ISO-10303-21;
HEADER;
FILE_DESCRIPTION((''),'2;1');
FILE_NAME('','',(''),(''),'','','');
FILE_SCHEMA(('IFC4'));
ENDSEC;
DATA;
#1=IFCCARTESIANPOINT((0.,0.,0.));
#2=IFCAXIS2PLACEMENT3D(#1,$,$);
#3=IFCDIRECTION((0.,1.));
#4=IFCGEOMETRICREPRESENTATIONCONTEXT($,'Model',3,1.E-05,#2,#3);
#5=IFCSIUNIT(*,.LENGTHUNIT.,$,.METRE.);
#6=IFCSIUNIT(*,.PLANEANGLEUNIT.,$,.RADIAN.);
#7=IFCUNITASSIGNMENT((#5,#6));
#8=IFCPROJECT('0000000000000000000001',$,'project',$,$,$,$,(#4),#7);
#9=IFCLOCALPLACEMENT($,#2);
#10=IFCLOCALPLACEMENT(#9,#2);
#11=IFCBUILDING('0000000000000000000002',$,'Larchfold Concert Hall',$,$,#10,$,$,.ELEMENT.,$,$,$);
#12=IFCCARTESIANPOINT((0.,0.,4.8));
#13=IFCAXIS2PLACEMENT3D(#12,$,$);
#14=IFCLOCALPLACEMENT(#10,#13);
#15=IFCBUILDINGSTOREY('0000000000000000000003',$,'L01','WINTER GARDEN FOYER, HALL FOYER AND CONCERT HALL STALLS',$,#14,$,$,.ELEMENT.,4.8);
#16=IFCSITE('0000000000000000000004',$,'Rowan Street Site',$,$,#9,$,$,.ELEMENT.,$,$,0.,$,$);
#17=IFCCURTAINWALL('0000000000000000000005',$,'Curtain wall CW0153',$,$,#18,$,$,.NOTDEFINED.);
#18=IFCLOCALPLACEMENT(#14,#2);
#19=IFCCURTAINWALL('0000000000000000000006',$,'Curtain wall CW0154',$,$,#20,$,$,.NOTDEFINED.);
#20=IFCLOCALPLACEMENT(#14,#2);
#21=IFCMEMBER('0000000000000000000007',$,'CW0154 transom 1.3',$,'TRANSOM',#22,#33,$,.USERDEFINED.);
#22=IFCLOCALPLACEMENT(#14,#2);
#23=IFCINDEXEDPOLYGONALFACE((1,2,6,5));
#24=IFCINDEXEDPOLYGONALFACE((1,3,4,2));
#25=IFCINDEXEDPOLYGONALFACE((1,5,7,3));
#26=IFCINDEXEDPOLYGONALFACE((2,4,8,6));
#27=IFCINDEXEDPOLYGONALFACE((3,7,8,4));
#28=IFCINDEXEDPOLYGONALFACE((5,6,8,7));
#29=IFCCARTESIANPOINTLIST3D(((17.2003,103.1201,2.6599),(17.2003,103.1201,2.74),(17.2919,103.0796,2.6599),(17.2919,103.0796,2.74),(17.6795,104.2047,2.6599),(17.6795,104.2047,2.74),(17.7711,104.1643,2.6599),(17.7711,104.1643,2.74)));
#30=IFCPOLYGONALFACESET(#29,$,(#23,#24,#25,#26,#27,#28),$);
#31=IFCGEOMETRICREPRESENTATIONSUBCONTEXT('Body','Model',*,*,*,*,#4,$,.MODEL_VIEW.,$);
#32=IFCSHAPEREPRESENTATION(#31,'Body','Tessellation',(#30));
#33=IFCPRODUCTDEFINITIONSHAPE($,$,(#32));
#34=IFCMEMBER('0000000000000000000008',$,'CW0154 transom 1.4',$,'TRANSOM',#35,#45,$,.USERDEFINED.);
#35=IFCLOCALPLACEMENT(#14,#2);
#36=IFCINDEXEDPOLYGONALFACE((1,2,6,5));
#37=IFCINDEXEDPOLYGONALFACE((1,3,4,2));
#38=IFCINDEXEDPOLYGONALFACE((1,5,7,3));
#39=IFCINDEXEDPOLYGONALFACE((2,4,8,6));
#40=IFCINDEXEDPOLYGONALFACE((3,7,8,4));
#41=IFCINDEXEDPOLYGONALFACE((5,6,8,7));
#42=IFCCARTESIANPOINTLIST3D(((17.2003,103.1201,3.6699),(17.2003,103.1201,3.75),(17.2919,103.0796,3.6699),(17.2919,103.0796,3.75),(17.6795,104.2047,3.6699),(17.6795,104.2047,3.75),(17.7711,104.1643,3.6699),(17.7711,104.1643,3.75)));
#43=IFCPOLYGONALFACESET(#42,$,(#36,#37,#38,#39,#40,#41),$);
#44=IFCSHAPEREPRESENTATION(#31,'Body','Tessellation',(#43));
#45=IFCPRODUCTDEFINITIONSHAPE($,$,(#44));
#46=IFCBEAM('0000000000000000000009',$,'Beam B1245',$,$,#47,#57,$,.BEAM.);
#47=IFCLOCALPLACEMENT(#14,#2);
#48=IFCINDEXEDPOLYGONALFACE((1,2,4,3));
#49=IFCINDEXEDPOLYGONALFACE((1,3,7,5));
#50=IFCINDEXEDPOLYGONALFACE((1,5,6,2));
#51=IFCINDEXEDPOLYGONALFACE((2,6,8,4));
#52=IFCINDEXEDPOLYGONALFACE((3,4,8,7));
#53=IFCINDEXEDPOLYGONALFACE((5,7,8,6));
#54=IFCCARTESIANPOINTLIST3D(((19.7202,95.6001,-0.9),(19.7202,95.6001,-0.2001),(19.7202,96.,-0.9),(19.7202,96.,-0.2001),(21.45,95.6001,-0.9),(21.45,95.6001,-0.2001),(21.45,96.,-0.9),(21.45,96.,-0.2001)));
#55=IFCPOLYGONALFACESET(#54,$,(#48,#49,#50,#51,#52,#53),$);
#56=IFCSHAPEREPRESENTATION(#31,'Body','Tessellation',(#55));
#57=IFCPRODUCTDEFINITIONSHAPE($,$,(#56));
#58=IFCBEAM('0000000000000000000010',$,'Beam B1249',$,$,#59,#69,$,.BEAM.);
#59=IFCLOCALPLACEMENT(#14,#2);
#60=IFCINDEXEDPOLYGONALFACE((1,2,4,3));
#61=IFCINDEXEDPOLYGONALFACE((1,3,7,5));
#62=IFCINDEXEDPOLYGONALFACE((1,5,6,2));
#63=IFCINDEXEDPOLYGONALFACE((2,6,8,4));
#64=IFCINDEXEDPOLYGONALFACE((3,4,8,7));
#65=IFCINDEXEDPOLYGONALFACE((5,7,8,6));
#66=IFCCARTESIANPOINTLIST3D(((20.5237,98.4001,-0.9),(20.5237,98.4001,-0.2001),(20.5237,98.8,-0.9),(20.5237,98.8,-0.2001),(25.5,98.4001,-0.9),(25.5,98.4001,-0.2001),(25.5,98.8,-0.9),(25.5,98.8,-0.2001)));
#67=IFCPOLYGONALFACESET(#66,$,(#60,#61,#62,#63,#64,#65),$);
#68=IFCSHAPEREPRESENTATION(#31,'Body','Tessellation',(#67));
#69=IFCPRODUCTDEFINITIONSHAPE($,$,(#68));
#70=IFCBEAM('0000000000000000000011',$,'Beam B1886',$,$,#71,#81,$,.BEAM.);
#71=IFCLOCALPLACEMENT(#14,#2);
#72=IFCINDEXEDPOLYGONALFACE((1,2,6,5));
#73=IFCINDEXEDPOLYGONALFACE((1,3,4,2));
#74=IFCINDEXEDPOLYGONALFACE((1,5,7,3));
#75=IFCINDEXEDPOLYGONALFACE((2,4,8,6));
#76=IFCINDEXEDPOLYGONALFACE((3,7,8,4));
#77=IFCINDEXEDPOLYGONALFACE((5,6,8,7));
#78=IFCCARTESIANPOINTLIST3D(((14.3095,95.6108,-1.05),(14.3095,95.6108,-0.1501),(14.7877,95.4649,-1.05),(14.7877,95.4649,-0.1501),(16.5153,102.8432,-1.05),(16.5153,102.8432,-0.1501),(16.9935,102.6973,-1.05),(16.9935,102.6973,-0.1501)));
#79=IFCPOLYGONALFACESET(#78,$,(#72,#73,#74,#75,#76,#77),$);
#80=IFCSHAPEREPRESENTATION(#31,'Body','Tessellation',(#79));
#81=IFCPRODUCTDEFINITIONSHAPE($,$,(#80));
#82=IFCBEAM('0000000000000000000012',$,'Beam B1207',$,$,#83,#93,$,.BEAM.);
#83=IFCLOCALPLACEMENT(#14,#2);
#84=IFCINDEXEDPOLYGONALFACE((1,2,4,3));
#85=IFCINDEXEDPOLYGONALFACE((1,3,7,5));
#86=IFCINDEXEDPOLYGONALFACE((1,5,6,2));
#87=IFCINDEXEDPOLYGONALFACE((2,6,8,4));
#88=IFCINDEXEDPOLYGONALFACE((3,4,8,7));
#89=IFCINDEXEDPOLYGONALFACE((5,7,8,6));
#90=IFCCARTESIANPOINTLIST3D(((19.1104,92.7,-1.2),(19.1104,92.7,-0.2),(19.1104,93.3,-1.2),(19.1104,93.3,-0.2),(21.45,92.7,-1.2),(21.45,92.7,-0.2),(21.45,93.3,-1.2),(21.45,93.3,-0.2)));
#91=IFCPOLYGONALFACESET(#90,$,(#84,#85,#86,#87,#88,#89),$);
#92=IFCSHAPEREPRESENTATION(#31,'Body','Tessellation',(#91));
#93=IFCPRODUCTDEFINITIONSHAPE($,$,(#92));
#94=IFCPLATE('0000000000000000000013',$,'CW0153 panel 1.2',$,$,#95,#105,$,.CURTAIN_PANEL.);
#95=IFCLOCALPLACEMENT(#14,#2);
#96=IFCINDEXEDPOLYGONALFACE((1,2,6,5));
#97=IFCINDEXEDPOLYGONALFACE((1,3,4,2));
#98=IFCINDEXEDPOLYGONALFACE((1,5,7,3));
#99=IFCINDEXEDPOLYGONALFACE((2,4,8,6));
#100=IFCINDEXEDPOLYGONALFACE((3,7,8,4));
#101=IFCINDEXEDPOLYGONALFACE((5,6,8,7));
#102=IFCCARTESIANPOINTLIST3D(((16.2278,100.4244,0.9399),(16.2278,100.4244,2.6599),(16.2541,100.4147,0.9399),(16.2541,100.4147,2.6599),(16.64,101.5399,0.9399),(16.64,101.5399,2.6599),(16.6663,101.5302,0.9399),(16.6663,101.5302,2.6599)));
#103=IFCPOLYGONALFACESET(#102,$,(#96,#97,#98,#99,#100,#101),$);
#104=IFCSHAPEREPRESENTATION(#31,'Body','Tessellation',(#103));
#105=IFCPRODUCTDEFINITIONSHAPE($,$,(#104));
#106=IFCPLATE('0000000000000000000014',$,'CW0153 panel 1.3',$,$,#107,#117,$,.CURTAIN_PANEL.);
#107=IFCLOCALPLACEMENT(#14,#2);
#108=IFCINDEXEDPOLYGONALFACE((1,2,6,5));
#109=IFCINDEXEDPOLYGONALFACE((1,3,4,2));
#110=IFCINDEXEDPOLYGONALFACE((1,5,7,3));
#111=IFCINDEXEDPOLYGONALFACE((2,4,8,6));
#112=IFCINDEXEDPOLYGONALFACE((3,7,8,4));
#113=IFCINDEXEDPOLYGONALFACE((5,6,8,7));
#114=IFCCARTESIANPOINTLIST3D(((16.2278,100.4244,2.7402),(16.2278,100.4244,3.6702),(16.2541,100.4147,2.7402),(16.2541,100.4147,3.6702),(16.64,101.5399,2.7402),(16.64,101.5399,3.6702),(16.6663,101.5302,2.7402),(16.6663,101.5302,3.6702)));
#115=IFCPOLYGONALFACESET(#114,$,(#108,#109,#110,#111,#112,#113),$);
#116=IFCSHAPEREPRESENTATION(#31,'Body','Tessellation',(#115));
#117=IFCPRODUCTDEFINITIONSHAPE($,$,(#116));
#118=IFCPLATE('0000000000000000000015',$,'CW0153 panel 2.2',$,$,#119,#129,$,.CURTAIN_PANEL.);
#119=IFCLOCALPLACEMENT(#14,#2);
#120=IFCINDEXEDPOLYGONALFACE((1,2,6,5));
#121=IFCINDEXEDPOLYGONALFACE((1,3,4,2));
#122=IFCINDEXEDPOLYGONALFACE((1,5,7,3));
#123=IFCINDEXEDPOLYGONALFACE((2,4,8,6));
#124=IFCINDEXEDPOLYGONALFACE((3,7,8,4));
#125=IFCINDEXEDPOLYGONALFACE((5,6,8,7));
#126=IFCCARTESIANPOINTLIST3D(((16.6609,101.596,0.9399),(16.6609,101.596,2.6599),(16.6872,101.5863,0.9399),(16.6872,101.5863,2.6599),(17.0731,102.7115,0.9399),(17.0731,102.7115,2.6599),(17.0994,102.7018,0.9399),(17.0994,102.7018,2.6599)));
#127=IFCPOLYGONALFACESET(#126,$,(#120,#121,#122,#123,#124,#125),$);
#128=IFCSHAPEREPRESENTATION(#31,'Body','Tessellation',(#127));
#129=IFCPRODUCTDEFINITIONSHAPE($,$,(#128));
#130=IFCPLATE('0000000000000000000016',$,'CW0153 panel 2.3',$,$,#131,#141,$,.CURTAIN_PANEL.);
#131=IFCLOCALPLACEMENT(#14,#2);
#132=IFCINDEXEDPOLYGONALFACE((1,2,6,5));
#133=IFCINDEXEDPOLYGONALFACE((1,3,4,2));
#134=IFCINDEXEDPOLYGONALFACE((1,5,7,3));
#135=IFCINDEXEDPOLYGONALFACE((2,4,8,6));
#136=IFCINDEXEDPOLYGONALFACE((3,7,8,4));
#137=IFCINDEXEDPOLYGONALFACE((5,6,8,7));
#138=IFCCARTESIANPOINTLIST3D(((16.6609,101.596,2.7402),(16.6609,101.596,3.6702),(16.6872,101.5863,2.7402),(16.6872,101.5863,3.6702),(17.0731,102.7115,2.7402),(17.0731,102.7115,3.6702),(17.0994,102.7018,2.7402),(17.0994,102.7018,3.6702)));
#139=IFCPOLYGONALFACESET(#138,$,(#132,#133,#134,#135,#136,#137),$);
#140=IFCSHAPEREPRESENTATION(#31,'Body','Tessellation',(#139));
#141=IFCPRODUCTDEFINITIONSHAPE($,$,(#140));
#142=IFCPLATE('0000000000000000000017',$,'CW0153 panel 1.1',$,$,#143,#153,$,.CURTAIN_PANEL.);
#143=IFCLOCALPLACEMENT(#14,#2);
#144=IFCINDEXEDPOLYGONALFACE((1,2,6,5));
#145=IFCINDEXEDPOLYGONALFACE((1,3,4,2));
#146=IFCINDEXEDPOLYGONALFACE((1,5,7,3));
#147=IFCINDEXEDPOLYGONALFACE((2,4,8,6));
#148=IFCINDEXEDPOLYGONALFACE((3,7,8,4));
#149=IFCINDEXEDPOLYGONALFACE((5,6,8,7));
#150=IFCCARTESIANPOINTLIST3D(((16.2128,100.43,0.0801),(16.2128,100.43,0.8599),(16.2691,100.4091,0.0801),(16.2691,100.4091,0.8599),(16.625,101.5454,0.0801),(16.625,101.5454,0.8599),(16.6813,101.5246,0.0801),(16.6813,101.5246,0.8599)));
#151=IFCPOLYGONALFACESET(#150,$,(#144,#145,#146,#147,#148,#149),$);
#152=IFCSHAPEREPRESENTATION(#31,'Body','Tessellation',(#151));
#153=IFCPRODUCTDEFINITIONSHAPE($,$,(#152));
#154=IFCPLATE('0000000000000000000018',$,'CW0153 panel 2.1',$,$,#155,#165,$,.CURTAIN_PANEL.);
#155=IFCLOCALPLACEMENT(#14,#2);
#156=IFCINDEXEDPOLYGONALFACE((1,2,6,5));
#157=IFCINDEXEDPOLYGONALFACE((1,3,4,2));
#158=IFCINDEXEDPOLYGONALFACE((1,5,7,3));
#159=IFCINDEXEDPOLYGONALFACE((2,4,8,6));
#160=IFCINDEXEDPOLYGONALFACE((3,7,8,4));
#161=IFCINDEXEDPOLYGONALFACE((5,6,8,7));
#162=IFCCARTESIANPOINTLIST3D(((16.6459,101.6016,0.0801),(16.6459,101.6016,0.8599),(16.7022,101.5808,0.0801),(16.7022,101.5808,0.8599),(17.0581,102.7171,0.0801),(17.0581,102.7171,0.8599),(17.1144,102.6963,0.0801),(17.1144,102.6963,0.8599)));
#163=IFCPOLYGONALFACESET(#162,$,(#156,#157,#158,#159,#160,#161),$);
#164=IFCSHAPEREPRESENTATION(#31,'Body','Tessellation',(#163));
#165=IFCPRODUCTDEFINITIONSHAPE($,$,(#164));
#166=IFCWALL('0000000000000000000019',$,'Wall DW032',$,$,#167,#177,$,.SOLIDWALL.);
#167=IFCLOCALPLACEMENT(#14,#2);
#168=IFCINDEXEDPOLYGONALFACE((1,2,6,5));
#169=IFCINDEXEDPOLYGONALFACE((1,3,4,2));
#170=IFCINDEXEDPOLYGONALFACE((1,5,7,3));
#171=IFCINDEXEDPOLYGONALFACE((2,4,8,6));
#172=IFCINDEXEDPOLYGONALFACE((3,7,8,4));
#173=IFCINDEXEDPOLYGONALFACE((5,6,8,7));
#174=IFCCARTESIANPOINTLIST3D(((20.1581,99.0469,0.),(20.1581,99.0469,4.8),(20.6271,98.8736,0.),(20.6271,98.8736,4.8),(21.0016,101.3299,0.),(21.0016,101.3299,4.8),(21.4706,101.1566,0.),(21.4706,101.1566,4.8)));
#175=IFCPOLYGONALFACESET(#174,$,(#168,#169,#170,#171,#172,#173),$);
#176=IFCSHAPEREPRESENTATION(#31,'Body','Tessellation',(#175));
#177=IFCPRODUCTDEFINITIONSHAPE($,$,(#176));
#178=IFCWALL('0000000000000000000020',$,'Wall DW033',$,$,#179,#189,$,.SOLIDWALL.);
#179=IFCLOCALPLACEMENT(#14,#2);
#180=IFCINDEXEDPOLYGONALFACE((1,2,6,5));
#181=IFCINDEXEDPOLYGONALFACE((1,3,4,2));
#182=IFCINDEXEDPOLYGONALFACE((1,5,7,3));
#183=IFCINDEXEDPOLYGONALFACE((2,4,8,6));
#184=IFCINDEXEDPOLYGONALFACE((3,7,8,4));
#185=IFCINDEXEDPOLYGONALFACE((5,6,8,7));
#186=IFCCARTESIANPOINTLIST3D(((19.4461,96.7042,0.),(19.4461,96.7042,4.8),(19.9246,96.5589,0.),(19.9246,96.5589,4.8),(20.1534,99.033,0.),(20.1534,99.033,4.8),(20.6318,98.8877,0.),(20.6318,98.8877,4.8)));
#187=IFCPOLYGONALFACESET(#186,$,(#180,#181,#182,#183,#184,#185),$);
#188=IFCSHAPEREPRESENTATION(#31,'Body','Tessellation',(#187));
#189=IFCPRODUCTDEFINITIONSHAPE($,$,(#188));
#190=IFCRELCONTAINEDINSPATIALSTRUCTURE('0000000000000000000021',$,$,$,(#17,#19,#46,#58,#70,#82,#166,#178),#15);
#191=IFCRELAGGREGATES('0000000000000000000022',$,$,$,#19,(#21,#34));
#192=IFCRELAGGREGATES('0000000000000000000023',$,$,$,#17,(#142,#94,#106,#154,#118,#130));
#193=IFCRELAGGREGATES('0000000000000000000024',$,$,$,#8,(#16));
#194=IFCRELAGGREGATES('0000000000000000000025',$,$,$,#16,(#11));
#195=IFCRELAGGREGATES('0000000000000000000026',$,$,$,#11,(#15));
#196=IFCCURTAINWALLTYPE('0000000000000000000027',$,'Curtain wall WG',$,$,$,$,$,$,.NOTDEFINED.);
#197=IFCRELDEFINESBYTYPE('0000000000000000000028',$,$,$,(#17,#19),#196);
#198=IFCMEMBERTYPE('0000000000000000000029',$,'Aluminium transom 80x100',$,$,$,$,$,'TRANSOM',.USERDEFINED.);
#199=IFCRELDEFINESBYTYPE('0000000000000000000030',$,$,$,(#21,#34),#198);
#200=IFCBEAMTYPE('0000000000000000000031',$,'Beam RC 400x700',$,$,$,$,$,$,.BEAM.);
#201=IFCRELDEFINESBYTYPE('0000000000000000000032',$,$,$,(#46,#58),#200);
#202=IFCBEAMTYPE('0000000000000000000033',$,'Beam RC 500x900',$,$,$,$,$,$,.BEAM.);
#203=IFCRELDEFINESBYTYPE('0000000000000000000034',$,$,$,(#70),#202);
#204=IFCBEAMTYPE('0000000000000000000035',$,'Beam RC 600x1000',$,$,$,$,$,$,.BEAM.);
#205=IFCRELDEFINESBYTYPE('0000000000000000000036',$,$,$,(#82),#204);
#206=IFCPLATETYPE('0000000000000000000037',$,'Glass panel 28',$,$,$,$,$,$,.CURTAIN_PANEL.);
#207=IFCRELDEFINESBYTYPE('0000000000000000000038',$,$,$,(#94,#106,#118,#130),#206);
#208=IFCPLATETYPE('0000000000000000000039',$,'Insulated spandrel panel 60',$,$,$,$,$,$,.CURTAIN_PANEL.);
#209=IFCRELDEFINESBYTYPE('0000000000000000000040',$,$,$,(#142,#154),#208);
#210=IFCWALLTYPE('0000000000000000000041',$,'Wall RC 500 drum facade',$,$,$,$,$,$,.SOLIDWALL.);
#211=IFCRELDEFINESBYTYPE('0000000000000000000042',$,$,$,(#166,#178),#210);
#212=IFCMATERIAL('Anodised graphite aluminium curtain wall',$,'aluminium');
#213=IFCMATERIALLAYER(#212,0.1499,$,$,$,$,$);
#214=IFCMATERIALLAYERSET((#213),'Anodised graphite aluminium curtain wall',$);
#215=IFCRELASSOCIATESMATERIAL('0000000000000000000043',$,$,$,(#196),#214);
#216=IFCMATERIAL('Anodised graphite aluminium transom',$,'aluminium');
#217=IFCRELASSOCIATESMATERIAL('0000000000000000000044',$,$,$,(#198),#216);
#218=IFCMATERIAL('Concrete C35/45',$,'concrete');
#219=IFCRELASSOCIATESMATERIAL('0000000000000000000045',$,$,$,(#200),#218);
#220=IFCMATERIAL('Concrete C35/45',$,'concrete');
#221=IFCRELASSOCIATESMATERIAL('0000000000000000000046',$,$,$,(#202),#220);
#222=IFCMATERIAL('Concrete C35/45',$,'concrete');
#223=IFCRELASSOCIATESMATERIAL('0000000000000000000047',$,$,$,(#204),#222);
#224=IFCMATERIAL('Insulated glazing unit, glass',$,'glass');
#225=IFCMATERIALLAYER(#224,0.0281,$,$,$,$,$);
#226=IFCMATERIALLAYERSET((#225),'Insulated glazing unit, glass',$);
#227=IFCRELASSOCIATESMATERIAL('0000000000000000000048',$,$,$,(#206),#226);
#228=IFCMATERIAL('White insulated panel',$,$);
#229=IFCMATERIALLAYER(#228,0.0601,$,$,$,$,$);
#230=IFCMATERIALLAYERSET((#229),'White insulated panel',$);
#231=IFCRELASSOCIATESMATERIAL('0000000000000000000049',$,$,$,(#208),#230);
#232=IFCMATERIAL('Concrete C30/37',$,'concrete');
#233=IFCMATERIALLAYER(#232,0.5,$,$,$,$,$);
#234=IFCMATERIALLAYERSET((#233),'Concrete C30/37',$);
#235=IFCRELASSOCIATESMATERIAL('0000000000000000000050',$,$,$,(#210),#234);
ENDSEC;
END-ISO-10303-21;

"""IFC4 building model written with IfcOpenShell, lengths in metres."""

from ifc_helpers import new_model, si_unit, direction, frame, frame_2d, origin, origin_2d, place, context, subcontext, project, spatial, rectangle, extrude, material, layer, layer_set, material_profile, profile_set, type_object, element, aggregate, save


model = new_model("IFC4")

# Units and contexts
model_context = context("Model", 3, precision=1e-05, world=origin(), true_north=direction((0.0, 1.0)))
body_context = subcontext(model_context, "Body", "Model", "MODEL_VIEW")
ifc_project = project(units=[si_unit("LENGTHUNIT", "METRE"), si_unit("PLANEANGLEUNIT", "RADIAN")], contexts=[model_context])

# Site, building, storey
site_placement = place(None, origin())
site = spatial("IfcSite", under=ifc_project, at=site_placement, Name="Rowan Street Site", CompositionType="ELEMENT", RefElevation=0.0)
building_placement = place(site_placement, origin())
building = spatial("IfcBuilding", under=site, at=building_placement, Name="Larchfold Concert Hall", CompositionType="ELEMENT")
storey_placement = place(building_placement, frame((0.0, 0.0, 4.8)))
storey = spatial("IfcBuildingStorey", under=building, at=storey_placement, Name="L01", Description="WINTER GARDEN FOYER, HALL FOYER AND CONCERT HALL STALLS", CompositionType="ELEMENT", Elevation=4.8)

# Curtain wall
ifc_material_1 = material(Name="Anodised graphite aluminium curtain wall", Category="aluminium")
ifc_layer_1 = layer(ifc_material_1, 0.1499)
ifc_layer_set_1 = layer_set([ifc_layer_1], Name="Anodised graphite aluminium curtain wall")
curtain_wall_type = type_object("IfcCurtainWallType", Name="Curtain wall WG", PredefinedType="NOTDEFINED", material=ifc_layer_set_1)
curtain_wall_1_placement = place(storey_placement, origin())
curtain_wall_1 = element("IfcCurtainWall", 1, at=curtain_wall_1_placement, inside=storey, type_object=curtain_wall_type, Name="Curtain wall CW0153", PredefinedType="NOTDEFINED")

# Curtain wall
curtain_wall_2_placement = place(storey_placement, origin())
curtain_wall_2 = element("IfcCurtainWall", 2, at=curtain_wall_2_placement, inside=storey, type_object=curtain_wall_type, Name="Curtain wall CW0154", PredefinedType="NOTDEFINED")

# Members
ifc_material_2 = material(Name="Anodised graphite aluminium transom", Category="aluminium")
ifc_material_profile_1 = material_profile(ifc_material_2, rectangle(XDim=0.1001, YDim=0.0801, at=origin_2d()))
ifc_profile_set_1 = profile_set([ifc_material_profile_1], Name="Anodised graphite aluminium transom")
member_type_1 = type_object("IfcMemberType", Name="Aluminium transom 80x100", ElementType="TRANSOM", PredefinedType="USERDEFINED", material=ifc_profile_set_1)
member_1_placement = place(storey_placement, frame((17.2461, 103.0999, 2.7), z_axis=(0.404132, 0.914701, 0.0), x_axis=(-0.914701, 0.404132, 0.0)))
member_1 = element("IfcMember", 3, at=member_1_placement, type_object=member_type_1, Name="CW0154 transom 1.3", ObjectType="TRANSOM", PredefinedType="USERDEFINED", context=body_context, shape_type="SweptSolid", body=[
    extrude(rectangle(XDim=0.1001, YDim=0.0801, at=origin_2d()), origin(), (0.0, 0.0, 1.0), 1.1858),
])
member_2_placement = place(storey_placement, frame((17.2461, 103.0999, 3.71), z_axis=(0.404132, 0.914701, 0.0), x_axis=(-0.914701, 0.404132, 0.0)))
member_2 = element("IfcMember", 4, at=member_2_placement, type_object=member_type_1, Name="CW0154 transom 1.4", ObjectType="TRANSOM", PredefinedType="USERDEFINED", context=body_context, shape_type="SweptSolid", body=[
    extrude(rectangle(XDim=0.1001, YDim=0.0801, at=origin_2d()), origin(), (0.0, 0.0, 1.0), 1.1858),
])
aggregate(curtain_wall_2, [member_1, member_2])

# Beams
ifc_material_3 = material(Name="Concrete C35/45", Category="concrete")
ifc_material_profile_2 = material_profile(ifc_material_3, rectangle(XDim=0.3999, YDim=0.7, at=origin_2d()))
ifc_profile_set_2 = profile_set([ifc_material_profile_2], Name="Concrete C35/45")
beam_type_1 = type_object("IfcBeamType", Name="Beam RC 400x700", PredefinedType="BEAM", material=ifc_profile_set_2)
beam_1_placement = place(storey_placement, frame((19.7202, 95.8, -0.55), z_axis=(1.0, 0.0, 0.0), x_axis=(0.0, 1.0, 0.0)))
element("IfcBeam", 5, at=beam_1_placement, inside=storey, type_object=beam_type_1, Name="Beam B1245", PredefinedType="BEAM", context=body_context, shape_type="SweptSolid", body=[
    extrude(rectangle(XDim=0.3999, YDim=0.7, at=origin_2d()), origin(), (0.0, 0.0, 1.0), 1.7297),
])
beam_2_placement = place(storey_placement, frame((20.5237, 98.6001, -0.55), z_axis=(1.0, 0.0, 0.0), x_axis=(0.0, 1.0, 0.0)))
element("IfcBeam", 6, at=beam_2_placement, inside=storey, type_object=beam_type_1, Name="Beam B1249", PredefinedType="BEAM", context=body_context, shape_type="SweptSolid", body=[
    extrude(rectangle(XDim=0.3999, YDim=0.7, at=origin_2d()), origin(), (0.0, 0.0, 1.0), 4.9763),
])
ifc_material_4 = material(Name="Concrete C35/45", Category="concrete")
ifc_material_profile_3 = material_profile(ifc_material_4, rectangle(XDim=0.5, YDim=0.8999, at=origin_2d()))
ifc_profile_set_3 = profile_set([ifc_material_profile_3], Name="Concrete C35/45")
beam_type_2 = type_object("IfcBeamType", Name="Beam RC 500x900", PredefinedType="BEAM", material=ifc_profile_set_3)
beam_3_placement = place(storey_placement, frame((16.7544, 102.7703, -0.6001), z_axis=(-0.291723, -0.956503, 0.0), x_axis=(0.956503, -0.291723, 0.0)))
element("IfcBeam", 7, at=beam_3_placement, inside=storey, type_object=beam_type_2, Name="Beam B1886", PredefinedType="BEAM", context=body_context, shape_type="SweptSolid", body=[
    extrude(rectangle(XDim=0.5, YDim=0.8999, at=origin_2d()), origin(), (0.0, 0.0, 1.0), 7.5613),
])
ifc_material_5 = material(Name="Concrete C35/45", Category="concrete")
ifc_material_profile_4 = material_profile(ifc_material_5, rectangle(XDim=0.6001, YDim=1.0, at=origin_2d()))
ifc_profile_set_4 = profile_set([ifc_material_profile_4], Name="Concrete C35/45")
beam_type_3 = type_object("IfcBeamType", Name="Beam RC 600x1000", PredefinedType="BEAM", material=ifc_profile_set_4)
beam_4_placement = place(storey_placement, frame((19.1104, 93.0, -0.7), z_axis=(1.0, 0.0, 0.0), x_axis=(0.0, 1.0, 0.0)))
element("IfcBeam", 8, at=beam_4_placement, inside=storey, type_object=beam_type_3, Name="Beam B1207", PredefinedType="BEAM", context=body_context, shape_type="SweptSolid", body=[
    extrude(rectangle(XDim=0.6001, YDim=1.0, at=origin_2d()), origin(), (0.0, 0.0, 1.0), 2.3396),
])

# Plates
ifc_material_6 = material(Name="Insulated glazing unit, glass", Category="glass")
ifc_layer_2 = layer(ifc_material_6, 0.0281)
ifc_layer_set_2 = layer_set([ifc_layer_2], Name="Insulated glazing unit, glass")
plate_type_1 = type_object("IfcPlateType", Name="Glass panel 28", PredefinedType="CURTAIN_PANEL", material=ifc_layer_set_2)
plate_1_placement = place(storey_placement, frame((16.447, 100.9773, 0.9399), z_axis=(0.0, 0.0, 1.0), x_axis=(0.346612, 0.938009, 0.0)))
plate_1 = element("IfcPlate", 9, at=plate_1_placement, type_object=plate_type_1, Name="CW0153 panel 1.2", PredefinedType="CURTAIN_PANEL", context=body_context, shape_type="SweptSolid", body=[
    extrude(rectangle(XDim=1.1892, YDim=0.0281, at=origin_2d()), origin(), (0.0, 0.0, 1.0), 1.72),
])
plate_2_placement = place(storey_placement, frame((16.447, 100.9773, 2.7402), z_axis=(0.0, 0.0, 1.0), x_axis=(0.346612, 0.938009, 0.0)))
plate_2 = element("IfcPlate", 10, at=plate_2_placement, type_object=plate_type_1, Name="CW0153 panel 1.3", PredefinedType="CURTAIN_PANEL", context=body_context, shape_type="SweptSolid", body=[
    extrude(rectangle(XDim=1.1892, YDim=0.0281, at=origin_2d()), origin(), (0.0, 0.0, 1.0), 0.9299),
])
plate_3_placement = place(storey_placement, frame((16.8801, 102.1489, 0.9399), z_axis=(0.0, 0.0, 1.0), x_axis=(0.346612, 0.938009, 0.0)))
plate_3 = element("IfcPlate", 11, at=plate_3_placement, type_object=plate_type_1, Name="CW0153 panel 2.2", PredefinedType="CURTAIN_PANEL", context=body_context, shape_type="SweptSolid", body=[
    extrude(rectangle(XDim=1.1892, YDim=0.0281, at=origin_2d()), origin(), (0.0, 0.0, 1.0), 1.72),
])
plate_4_placement = place(storey_placement, frame((16.8801, 102.1489, 2.7402), z_axis=(0.0, 0.0, 1.0), x_axis=(0.346612, 0.938009, 0.0)))
plate_4 = element("IfcPlate", 12, at=plate_4_placement, type_object=plate_type_1, Name="CW0153 panel 2.3", PredefinedType="CURTAIN_PANEL", context=body_context, shape_type="SweptSolid", body=[
    extrude(rectangle(XDim=1.1892, YDim=0.0281, at=origin_2d()), origin(), (0.0, 0.0, 1.0), 0.9299),
])
ifc_material_7 = material(Name="White insulated panel")
ifc_layer_3 = layer(ifc_material_7, 0.0601)
ifc_layer_set_3 = layer_set([ifc_layer_3], Name="White insulated panel")
plate_type_2 = type_object("IfcPlateType", Name="Insulated spandrel panel 60", PredefinedType="CURTAIN_PANEL", material=ifc_layer_set_3)
plate_5_placement = place(storey_placement, frame((16.447, 100.9773, 0.0801), z_axis=(0.0, 0.0, 1.0), x_axis=(0.346612, 0.938009, 0.0)))
plate_5 = element("IfcPlate", 13, at=plate_5_placement, type_object=plate_type_2, Name="CW0153 panel 1.1", PredefinedType="CURTAIN_PANEL", context=body_context, shape_type="SweptSolid", body=[
    extrude(rectangle(XDim=1.1892, YDim=0.0601, at=origin_2d()), origin(), (0.0, 0.0, 1.0), 0.7798),
])
plate_6_placement = place(storey_placement, frame((16.8801, 102.1489, 0.0801), z_axis=(0.0, 0.0, 1.0), x_axis=(0.346612, 0.938009, 0.0)))
plate_6 = element("IfcPlate", 14, at=plate_6_placement, type_object=plate_type_2, Name="CW0153 panel 2.1", PredefinedType="CURTAIN_PANEL", context=body_context, shape_type="SweptSolid", body=[
    extrude(rectangle(XDim=1.1892, YDim=0.0601, at=origin_2d()), origin(), (0.0, 0.0, 1.0), 0.7798),
])
aggregate(curtain_wall_1, [plate_5, plate_1, plate_2, plate_6, plate_3, plate_4])

# Walls
ifc_material_8 = material(Name="Concrete C30/37", Category="concrete")
ifc_layer_4 = layer(ifc_material_8, 0.5)
ifc_layer_set_4 = layer_set([ifc_layer_4], Name="Concrete C30/37")
wall_type = type_object("IfcWallType", Name="Wall RC 500 drum facade", PredefinedType="SOLIDWALL", material=ifc_layer_set_4)
for number, where, z_axis, x_axis, name in (
    (15, (21.2361, 101.2432, 0.0), (0.0, 0.0, 1.0), (-0.346579, -0.938021, 0.0), "Wall DW032"),
    (16, (20.3926, 98.9602, 0.0), (0.0, 0.0, 1.0), (-0.290595, -0.956846, 0.0), "Wall DW033"),
):
    element("IfcWall", number, at=place(storey_placement, frame(where, z_axis=z_axis, x_axis=x_axis)), inside=storey, type_object=wall_type, Name=name, PredefinedType="SOLIDWALL", context=body_context, shape_type="SweptSolid", body=[
        extrude(rectangle(XDim=2.4338, YDim=0.5, at=frame_2d((1.2168, 0.0))), origin(), (0.0, 0.0, 1.0), 4.8),
    ])

save(model, "model.ifc")
